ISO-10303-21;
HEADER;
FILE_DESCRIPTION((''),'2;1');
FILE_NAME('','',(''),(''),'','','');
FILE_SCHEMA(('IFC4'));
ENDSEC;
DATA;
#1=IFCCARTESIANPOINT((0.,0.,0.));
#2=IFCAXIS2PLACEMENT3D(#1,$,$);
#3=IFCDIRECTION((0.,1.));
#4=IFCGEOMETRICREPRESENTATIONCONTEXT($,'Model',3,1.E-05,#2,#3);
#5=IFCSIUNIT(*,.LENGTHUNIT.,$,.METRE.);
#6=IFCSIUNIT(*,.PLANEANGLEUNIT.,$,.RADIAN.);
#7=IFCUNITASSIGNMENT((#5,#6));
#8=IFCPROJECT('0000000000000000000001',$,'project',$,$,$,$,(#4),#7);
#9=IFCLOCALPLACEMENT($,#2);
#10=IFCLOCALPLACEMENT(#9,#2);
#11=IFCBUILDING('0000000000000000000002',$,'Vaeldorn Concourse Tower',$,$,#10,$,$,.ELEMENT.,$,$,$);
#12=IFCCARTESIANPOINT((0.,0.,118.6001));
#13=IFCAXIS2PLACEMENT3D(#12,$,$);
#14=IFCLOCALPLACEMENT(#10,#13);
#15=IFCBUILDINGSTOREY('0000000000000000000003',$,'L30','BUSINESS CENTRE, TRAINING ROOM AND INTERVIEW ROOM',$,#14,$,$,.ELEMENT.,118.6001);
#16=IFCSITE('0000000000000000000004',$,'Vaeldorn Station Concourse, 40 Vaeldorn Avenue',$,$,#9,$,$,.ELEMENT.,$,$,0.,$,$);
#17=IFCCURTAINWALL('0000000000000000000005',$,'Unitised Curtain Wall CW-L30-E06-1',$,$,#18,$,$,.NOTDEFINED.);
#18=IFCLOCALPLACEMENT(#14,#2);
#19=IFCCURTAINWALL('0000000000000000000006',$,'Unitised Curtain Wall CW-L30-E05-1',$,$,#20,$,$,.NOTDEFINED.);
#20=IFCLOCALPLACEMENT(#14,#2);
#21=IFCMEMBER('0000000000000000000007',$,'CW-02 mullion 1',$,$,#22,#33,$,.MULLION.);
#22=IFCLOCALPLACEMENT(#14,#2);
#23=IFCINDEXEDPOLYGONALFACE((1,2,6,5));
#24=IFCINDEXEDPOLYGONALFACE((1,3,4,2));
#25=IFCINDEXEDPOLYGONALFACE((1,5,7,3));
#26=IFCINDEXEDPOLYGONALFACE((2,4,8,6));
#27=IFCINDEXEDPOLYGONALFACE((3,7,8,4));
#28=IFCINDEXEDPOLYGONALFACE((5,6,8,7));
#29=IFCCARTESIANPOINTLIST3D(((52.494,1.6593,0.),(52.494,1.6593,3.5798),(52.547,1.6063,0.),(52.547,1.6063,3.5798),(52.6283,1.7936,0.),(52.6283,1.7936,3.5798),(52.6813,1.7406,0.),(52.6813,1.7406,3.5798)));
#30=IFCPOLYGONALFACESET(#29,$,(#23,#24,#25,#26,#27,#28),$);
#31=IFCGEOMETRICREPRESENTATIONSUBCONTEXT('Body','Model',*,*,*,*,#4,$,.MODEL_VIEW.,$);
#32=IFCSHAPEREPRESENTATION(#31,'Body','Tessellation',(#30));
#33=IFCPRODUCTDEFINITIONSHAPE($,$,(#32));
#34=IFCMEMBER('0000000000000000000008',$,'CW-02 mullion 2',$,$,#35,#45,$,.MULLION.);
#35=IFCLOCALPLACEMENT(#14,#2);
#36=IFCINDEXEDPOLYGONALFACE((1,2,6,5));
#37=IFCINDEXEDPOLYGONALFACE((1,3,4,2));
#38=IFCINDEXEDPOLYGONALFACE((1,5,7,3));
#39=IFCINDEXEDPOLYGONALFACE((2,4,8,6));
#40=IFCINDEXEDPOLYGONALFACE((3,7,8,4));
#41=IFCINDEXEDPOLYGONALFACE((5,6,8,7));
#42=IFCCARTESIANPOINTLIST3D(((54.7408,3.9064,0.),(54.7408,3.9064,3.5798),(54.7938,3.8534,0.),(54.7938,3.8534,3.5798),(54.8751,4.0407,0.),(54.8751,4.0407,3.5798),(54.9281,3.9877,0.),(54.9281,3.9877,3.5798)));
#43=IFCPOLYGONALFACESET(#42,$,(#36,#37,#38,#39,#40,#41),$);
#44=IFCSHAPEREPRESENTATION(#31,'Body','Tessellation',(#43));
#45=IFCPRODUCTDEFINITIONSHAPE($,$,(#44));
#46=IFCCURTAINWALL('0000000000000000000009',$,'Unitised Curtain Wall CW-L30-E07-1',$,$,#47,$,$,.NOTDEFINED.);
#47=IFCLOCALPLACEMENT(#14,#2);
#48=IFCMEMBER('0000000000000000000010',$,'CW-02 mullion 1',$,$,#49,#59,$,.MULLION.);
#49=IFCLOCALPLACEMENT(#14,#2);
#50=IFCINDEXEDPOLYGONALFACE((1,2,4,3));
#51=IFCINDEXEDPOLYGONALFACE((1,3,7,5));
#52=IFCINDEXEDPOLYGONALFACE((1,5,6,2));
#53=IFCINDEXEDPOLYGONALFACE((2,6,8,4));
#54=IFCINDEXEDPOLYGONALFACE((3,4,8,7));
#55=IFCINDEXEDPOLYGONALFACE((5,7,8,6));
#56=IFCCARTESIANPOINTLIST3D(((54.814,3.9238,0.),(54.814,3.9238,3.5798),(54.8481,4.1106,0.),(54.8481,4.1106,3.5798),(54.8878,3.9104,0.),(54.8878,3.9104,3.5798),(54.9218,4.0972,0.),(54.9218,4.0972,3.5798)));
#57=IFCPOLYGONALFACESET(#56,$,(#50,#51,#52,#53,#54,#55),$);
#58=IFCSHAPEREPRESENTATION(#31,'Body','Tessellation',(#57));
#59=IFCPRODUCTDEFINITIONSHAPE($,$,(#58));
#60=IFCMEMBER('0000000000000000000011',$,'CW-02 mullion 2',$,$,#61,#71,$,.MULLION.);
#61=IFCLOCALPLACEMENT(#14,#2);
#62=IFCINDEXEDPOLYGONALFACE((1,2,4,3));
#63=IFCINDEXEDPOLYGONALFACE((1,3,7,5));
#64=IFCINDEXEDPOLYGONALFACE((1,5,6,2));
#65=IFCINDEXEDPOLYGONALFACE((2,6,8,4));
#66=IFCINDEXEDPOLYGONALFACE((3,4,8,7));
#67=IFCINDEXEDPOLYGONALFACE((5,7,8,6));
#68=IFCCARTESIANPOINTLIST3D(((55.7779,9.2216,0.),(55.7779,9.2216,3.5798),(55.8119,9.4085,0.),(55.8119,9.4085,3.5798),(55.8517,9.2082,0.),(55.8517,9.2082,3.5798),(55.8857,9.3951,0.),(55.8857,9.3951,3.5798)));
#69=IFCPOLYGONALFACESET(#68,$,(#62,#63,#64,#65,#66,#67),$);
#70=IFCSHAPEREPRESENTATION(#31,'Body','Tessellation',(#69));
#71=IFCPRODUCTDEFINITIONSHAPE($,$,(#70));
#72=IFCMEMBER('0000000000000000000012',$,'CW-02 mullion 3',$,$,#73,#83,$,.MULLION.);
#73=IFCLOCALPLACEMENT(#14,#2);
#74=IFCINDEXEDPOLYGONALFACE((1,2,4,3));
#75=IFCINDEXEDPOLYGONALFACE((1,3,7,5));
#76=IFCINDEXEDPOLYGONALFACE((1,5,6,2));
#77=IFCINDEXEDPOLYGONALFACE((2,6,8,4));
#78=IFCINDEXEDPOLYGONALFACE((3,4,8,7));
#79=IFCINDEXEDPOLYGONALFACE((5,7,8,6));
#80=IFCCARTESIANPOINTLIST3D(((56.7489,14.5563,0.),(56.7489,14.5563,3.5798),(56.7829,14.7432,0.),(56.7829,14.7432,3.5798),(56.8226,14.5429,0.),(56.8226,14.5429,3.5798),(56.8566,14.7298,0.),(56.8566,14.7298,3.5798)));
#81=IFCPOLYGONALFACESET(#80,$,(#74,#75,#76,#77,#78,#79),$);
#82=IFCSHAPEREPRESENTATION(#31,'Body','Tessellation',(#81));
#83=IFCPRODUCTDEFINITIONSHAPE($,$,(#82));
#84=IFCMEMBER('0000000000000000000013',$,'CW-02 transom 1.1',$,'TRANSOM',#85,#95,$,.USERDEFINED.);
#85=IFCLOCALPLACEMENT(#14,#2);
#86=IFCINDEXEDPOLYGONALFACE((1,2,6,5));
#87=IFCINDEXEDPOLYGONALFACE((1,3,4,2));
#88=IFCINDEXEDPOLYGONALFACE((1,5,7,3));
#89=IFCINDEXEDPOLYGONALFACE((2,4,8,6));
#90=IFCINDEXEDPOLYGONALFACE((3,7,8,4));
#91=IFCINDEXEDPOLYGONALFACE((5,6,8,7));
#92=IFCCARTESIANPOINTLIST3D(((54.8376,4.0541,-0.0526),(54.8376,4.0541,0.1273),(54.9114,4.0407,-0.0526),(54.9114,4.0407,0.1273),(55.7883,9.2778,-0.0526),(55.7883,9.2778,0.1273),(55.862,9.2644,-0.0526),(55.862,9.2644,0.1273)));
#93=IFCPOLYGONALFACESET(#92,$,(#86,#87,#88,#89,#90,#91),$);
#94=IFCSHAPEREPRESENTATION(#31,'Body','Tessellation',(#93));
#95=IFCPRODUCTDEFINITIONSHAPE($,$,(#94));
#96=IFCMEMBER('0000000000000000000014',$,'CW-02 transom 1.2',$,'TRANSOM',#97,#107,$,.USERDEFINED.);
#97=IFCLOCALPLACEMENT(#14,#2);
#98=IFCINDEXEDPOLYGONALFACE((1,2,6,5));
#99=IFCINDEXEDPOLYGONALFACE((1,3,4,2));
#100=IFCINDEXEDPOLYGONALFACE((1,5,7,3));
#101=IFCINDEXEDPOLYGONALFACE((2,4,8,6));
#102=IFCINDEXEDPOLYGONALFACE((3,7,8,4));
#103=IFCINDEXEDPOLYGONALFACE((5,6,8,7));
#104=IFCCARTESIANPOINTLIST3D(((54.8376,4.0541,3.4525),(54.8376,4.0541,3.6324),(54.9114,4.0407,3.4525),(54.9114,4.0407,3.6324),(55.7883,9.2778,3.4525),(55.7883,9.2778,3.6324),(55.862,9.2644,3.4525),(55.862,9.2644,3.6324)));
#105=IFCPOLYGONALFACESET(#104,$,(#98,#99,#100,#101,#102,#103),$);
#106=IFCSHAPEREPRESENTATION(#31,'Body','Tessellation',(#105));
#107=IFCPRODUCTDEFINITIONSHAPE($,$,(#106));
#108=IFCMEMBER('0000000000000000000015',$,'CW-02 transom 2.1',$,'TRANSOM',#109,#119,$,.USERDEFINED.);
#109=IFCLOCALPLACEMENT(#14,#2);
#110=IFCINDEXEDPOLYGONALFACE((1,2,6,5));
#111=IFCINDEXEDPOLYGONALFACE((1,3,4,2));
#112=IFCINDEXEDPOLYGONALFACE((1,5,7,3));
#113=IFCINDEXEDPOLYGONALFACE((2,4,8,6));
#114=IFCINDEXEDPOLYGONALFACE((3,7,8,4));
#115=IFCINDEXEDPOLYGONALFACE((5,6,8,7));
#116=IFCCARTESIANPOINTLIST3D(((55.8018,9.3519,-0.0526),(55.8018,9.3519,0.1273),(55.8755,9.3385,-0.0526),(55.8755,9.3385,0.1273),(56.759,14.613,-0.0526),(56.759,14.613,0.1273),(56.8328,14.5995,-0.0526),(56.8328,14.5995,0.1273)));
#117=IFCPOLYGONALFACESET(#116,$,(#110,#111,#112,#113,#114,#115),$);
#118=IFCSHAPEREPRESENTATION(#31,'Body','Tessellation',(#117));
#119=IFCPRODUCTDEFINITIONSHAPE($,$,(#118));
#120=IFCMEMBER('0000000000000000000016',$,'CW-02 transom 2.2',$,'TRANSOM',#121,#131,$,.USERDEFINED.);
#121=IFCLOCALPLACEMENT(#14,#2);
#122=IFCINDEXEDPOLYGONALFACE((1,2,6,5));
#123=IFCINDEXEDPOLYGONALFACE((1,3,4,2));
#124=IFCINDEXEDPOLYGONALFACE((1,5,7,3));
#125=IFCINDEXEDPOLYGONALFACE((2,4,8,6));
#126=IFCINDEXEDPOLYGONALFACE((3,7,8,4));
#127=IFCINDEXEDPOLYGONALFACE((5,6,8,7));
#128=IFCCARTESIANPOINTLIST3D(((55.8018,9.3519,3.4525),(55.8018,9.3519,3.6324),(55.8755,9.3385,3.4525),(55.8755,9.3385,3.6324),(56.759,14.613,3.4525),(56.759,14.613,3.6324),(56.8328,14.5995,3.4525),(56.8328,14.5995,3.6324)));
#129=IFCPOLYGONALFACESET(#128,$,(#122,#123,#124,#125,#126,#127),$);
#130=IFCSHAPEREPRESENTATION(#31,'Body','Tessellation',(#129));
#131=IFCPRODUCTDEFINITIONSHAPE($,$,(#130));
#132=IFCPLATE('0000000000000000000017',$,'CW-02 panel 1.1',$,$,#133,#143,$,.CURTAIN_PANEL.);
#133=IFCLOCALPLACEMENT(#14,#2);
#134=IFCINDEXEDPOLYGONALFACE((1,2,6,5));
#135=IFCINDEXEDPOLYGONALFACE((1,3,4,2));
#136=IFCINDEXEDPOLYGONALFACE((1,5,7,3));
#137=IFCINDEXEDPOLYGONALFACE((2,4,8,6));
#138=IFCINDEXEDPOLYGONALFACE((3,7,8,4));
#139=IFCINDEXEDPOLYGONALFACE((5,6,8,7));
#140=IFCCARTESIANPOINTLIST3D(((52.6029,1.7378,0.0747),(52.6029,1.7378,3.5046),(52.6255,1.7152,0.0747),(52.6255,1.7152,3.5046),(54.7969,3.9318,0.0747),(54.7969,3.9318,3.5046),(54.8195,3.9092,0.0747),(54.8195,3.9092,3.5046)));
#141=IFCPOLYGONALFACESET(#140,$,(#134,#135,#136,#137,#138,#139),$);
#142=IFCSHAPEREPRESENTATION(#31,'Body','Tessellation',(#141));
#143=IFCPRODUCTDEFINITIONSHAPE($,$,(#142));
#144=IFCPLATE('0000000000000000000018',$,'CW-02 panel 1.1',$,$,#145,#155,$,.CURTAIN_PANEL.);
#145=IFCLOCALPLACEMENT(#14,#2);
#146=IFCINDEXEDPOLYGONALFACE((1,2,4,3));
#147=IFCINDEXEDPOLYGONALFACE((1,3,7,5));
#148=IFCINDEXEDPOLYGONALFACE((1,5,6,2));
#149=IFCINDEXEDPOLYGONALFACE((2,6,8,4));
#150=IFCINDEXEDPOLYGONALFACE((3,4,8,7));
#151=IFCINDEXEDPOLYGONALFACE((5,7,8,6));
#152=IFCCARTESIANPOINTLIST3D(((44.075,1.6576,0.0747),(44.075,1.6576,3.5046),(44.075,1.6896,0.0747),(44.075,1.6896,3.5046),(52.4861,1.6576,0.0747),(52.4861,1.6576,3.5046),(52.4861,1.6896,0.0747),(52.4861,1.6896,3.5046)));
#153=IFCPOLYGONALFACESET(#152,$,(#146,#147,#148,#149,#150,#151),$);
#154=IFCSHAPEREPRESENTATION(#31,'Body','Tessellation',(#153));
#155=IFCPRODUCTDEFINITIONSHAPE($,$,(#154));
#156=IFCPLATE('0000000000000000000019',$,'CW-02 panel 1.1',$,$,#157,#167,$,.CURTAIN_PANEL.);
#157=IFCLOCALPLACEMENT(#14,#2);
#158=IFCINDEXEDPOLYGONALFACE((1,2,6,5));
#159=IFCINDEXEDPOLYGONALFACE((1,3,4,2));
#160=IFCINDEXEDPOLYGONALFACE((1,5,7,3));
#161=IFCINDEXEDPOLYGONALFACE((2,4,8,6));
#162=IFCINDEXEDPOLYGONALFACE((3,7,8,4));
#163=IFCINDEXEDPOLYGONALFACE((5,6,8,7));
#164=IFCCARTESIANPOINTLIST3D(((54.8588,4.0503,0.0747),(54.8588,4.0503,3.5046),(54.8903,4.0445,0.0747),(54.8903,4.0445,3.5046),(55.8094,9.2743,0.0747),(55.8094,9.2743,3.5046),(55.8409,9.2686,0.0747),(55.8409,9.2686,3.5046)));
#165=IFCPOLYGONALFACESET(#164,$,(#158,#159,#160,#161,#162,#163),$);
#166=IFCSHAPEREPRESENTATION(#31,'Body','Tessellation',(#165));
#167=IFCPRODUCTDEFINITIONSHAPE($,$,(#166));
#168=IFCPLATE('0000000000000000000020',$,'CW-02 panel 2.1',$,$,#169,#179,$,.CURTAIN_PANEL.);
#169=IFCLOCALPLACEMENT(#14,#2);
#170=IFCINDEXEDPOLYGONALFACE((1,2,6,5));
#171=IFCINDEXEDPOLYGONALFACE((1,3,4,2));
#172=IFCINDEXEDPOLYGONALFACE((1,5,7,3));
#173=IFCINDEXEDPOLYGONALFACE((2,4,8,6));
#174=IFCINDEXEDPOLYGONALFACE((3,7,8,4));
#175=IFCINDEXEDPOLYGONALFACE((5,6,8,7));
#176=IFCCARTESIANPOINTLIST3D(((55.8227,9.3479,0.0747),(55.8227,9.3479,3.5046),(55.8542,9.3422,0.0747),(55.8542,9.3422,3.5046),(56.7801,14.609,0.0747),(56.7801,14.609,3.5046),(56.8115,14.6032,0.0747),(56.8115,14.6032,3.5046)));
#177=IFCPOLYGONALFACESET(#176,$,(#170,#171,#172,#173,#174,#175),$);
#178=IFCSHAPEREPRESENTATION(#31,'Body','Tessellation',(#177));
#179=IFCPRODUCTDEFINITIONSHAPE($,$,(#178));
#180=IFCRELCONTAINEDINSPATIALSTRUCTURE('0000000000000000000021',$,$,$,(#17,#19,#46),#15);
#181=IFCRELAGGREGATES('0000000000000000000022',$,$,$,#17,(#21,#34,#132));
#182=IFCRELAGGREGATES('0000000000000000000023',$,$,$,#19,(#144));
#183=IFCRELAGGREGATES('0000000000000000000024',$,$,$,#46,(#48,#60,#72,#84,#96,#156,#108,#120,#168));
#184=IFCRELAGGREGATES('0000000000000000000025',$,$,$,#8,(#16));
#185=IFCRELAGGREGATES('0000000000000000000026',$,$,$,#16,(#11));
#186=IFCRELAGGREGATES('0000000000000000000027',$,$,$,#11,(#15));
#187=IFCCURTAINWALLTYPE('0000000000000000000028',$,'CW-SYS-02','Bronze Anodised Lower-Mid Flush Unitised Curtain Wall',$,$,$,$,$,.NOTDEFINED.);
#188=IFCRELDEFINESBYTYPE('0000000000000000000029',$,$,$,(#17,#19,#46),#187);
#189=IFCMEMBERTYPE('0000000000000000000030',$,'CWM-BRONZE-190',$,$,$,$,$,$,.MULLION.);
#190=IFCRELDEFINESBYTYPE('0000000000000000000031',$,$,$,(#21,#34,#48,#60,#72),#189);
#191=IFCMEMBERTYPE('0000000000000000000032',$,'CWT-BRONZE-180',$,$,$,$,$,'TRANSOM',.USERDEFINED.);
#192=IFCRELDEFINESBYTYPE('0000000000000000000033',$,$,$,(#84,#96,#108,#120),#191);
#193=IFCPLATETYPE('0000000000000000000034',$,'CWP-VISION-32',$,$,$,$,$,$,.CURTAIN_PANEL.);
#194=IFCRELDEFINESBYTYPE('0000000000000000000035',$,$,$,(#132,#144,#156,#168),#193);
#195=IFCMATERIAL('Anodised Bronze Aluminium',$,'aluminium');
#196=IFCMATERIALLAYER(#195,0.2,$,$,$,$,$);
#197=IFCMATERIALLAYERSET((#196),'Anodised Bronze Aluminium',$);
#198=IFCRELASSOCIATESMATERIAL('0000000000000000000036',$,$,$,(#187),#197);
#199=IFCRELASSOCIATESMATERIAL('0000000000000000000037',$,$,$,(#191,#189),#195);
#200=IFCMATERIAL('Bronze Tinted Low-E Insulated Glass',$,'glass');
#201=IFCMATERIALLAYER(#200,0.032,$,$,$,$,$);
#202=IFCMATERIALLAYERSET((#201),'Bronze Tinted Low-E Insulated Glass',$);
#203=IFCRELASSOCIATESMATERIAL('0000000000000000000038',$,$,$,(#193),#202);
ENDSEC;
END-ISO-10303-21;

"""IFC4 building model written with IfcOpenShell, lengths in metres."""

from ifc_helpers import new_model, si_unit, direction, frame, origin, origin_2d, place, context, subcontext, project, spatial, rectangle, extrude, source, transform, mapped, material, layer, layer_set, material_profile, profile_set, type_object, element, aggregate, save


model = new_model("IFC4")

# Units and contexts
model_context = context("Model", 3, precision=1e-05, world=origin(), true_north=direction((0.0, 1.0)))
body_context = subcontext(model_context, "Body", "Model", "MODEL_VIEW")
ifc_project = project(units=[si_unit("LENGTHUNIT", "METRE"), si_unit("PLANEANGLEUNIT", "RADIAN")], contexts=[model_context])

# Site, building, storey
site_placement = place(None, origin())
site = spatial("IfcSite", under=ifc_project, at=site_placement, Name="Vaeldorn Station Concourse, 40 Vaeldorn Avenue", CompositionType="ELEMENT", RefElevation=0.0)
building_placement = place(site_placement, origin())
building = spatial("IfcBuilding", under=site, at=building_placement, Name="Vaeldorn Concourse Tower", CompositionType="ELEMENT")
storey_placement = place(building_placement, frame((0.0, 0.0, 118.6001)))
storey = spatial("IfcBuildingStorey", under=building, at=storey_placement, Name="L30", Description="BUSINESS CENTRE, TRAINING ROOM AND INTERVIEW ROOM", CompositionType="ELEMENT", Elevation=118.6001)

# Curtain wall
ifc_material_1 = material(Name="Anodised Bronze Aluminium", Category="aluminium")
ifc_layer_1 = layer(ifc_material_1, 0.2)
ifc_layer_set_1 = layer_set([ifc_layer_1], Name="Anodised Bronze Aluminium")
curtain_wall_type = type_object("IfcCurtainWallType", Name="CW-SYS-02", Description="Bronze Anodised Lower-Mid Flush Unitised Curtain Wall", PredefinedType="NOTDEFINED", material=ifc_layer_set_1)
curtain_wall_1_placement = place(storey_placement, origin())
curtain_wall_1 = element("IfcCurtainWall", 1, at=curtain_wall_1_placement, inside=storey, type_object=curtain_wall_type, Name="Unitised Curtain Wall CW-L30-E06-1", PredefinedType="NOTDEFINED")
ifc_material_profile_1 = material_profile(ifc_material_1, rectangle(XDim=0.075, YDim=0.1799, at=origin_2d()), Name="CWT 75x180")
ifc_profile_set_1 = profile_set([ifc_material_profile_1], Name="Anodised Bronze Aluminium")
member_type_1 = type_object("IfcMemberType", Name="CWT-BRONZE-180", ElementType="TRANSOM", PredefinedType="USERDEFINED", material=ifc_profile_set_1)

# Curtain wall
curtain_wall_2_placement = place(storey_placement, origin())
curtain_wall_2 = element("IfcCurtainWall", 2, at=curtain_wall_2_placement, inside=storey, type_object=curtain_wall_type, Name="Unitised Curtain Wall CW-L30-E05-1", PredefinedType="NOTDEFINED")
ifc_material_profile_2 = material_profile(ifc_material_1, rectangle(XDim=0.075, YDim=0.1899, at=origin_2d()), Name="CWM 75x190")
ifc_profile_set_2 = profile_set([ifc_material_profile_2], Name="Anodised Bronze Aluminium")
member_type_2 = type_object("IfcMemberType", Name="CWM-BRONZE-190", PredefinedType="MULLION", material=ifc_profile_set_2)
shared_shape_1 = source(origin(), body_context, "Body", "SweptSolid", [
    extrude(rectangle(XDim=0.075, YDim=0.1899, at=origin_2d()), origin(), (0.0, 0.0, 1.0), 3.5798),
])

# Members
member_1_placement = place(storey_placement, frame((52.5876, 1.7, 0.0), z_axis=(0.0, 0.0, 1.0), x_axis=(-0.707107, 0.707107, 0.0)))
member_1 = element("IfcMember", 3, at=member_1_placement, type_object=member_type_2, Name="CW-02 mullion 1", PredefinedType="MULLION", context=body_context, shape_type="MappedRepresentation", body=[
    mapped(shared_shape_1, transform((0.0, 0.0, 0.0), scale=1.0)),
])
member_2_placement = place(storey_placement, frame((54.8345, 3.947, 0.0), z_axis=(0.0, 0.0, 1.0), x_axis=(-0.707107, 0.707107, 0.0)))
member_2 = element("IfcMember", 4, at=member_2_placement, type_object=member_type_2, Name="CW-02 mullion 2", PredefinedType="MULLION", context=body_context, shape_type="MappedRepresentation", body=[
    mapped(shared_shape_1, transform((0.0, 0.0, 0.0), scale=1.0)),
])

# Curtain wall, members
curtain_wall_3_placement = place(storey_placement, origin())
curtain_wall_3 = element("IfcCurtainWall", 5, at=curtain_wall_3_placement, inside=storey, type_object=curtain_wall_type, Name="Unitised Curtain Wall CW-L30-E07-1", PredefinedType="NOTDEFINED")
member_3_placement = place(storey_placement, frame((54.8679, 4.0105, 0.0), z_axis=(0.0, 0.0, 1.0), x_axis=(-0.983844, 0.17903, 0.0)))
member_3 = element("IfcMember", 6, at=member_3_placement, type_object=member_type_2, Name="CW-02 mullion 1", PredefinedType="MULLION", context=body_context, shape_type="MappedRepresentation", body=[
    mapped(shared_shape_1, transform((0.0, 0.0, 0.0), scale=1.0)),
])
member_4_placement = place(storey_placement, frame((55.8318, 9.3083, 0.0), z_axis=(0.0, 0.0, 1.0), x_axis=(-0.983844, 0.17903, 0.0)))
member_4 = element("IfcMember", 7, at=member_4_placement, type_object=member_type_2, Name="CW-02 mullion 2", PredefinedType="MULLION", context=body_context, shape_type="MappedRepresentation", body=[
    mapped(shared_shape_1, transform((0.0, 0.0, 0.0), scale=1.0)),
])
member_5_placement = place(storey_placement, frame((56.8027, 14.6431, 0.0), z_axis=(0.0, 0.0, 1.0), x_axis=(-0.983844, 0.17903, 0.0)))
member_5 = element("IfcMember", 8, at=member_5_placement, type_object=member_type_2, Name="CW-02 mullion 3", PredefinedType="MULLION", context=body_context, shape_type="MappedRepresentation", body=[
    mapped(shared_shape_1, transform((0.0, 0.0, 0.0), scale=1.0)),
])
shared_shape_2 = source(origin(), body_context, "Body", "SweptSolid", [
    extrude(rectangle(XDim=0.075, YDim=0.1799, at=origin_2d()), origin(), (0.0, 0.0, 1.0), 5.3096),
])
member_6_placement = place(storey_placement, frame((54.8745, 4.0474, 0.0374), z_axis=(0.179047, 0.98384, 0.0), x_axis=(-0.98384, 0.179047, 0.0)))
member_6 = element("IfcMember", 9, at=member_6_placement, type_object=member_type_1, Name="CW-02 transom 1.1", ObjectType="TRANSOM", PredefinedType="USERDEFINED", context=body_context, shape_type="MappedRepresentation", body=[
    mapped(shared_shape_2, transform((0.0, 0.0, 0.0), scale=1.0)),
])
member_7_placement = place(storey_placement, frame((54.8745, 4.0474, 3.5425), z_axis=(0.179047, 0.98384, 0.0), x_axis=(-0.98384, 0.179047, 0.0)))
member_7 = element("IfcMember", 10, at=member_7_placement, type_object=member_type_1, Name="CW-02 transom 1.2", ObjectType="TRANSOM", PredefinedType="USERDEFINED", context=body_context, shape_type="MappedRepresentation", body=[
    mapped(shared_shape_2, transform((0.0, 0.0, 0.0), scale=1.0)),
])
shared_shape_3 = source(origin(), body_context, "Body", "SweptSolid", [
    extrude(rectangle(XDim=0.075, YDim=0.1799, at=origin_2d()), origin(), (0.0, 0.0, 1.0), 5.3474),
])
member_8_placement = place(storey_placement, frame((55.8386, 9.3452, 0.0374), z_axis=(0.179018, 0.983846, 0.0), x_axis=(-0.983846, 0.179018, 0.0)))
member_8 = element("IfcMember", 11, at=member_8_placement, type_object=member_type_1, Name="CW-02 transom 2.1", ObjectType="TRANSOM", PredefinedType="USERDEFINED", context=body_context, shape_type="MappedRepresentation", body=[
    mapped(shared_shape_3, transform((0.0, 0.0, 0.0), scale=1.0)),
])
member_9_placement = place(storey_placement, frame((55.8386, 9.3452, 3.5425), z_axis=(0.179018, 0.983846, 0.0), x_axis=(-0.983846, 0.179018, 0.0)))
member_9 = element("IfcMember", 12, at=member_9_placement, type_object=member_type_1, Name="CW-02 transom 2.2", ObjectType="TRANSOM", PredefinedType="USERDEFINED", context=body_context, shape_type="MappedRepresentation", body=[
    mapped(shared_shape_3, transform((0.0, 0.0, 0.0), scale=1.0)),
])

# Plates
ifc_material_2 = material(Name="Bronze Tinted Low-E Insulated Glass", Category="glass")
ifc_layer_2 = layer(ifc_material_2, 0.032)
ifc_layer_set_2 = layer_set([ifc_layer_2], Name="Bronze Tinted Low-E Insulated Glass")
plate_type = type_object("IfcPlateType", Name="CWP-VISION-32", PredefinedType="CURTAIN_PANEL", material=ifc_layer_set_2)
shared_shape_4 = source(origin(), body_context, "Body", "SweptSolid", [
    extrude(rectangle(XDim=3.1028, YDim=0.032, at=origin_2d()), origin(), (0.0, 0.0, 1.0), 3.4299),
])
plate_1_placement = place(storey_placement, frame((53.7112, 2.8235, 0.0747), z_axis=(0.0, 0.0, 1.0), x_axis=(0.707107, 0.707107, 0.0)))
plate_1 = element("IfcPlate", 13, at=plate_1_placement, type_object=plate_type, Name="CW-02 panel 1.1", PredefinedType="CURTAIN_PANEL", context=body_context, shape_type="MappedRepresentation", body=[
    mapped(shared_shape_4, transform((0.0, 0.0, 0.0), scale=1.0)),
])
aggregate(curtain_wall_1, [member_1, member_2, plate_1])
shared_shape_5 = source(origin(), body_context, "Body", "SweptSolid", [
    extrude(rectangle(XDim=8.4111, YDim=0.032, at=origin_2d()), origin(), (0.0, 0.0, 1.0), 3.4299),
])
plate_2_placement = place(storey_placement, frame((48.2805, 1.6736, 0.0747), z_axis=(0.0, 0.0, 1.0), x_axis=(1.0, 0.0, 0.0)))
plate_2 = element("IfcPlate", 14, at=plate_2_placement, type_object=plate_type, Name="CW-02 panel 1.1", PredefinedType="CURTAIN_PANEL", context=body_context, shape_type="MappedRepresentation", body=[
    mapped(shared_shape_5, transform((0.0, 0.0, 0.0), scale=1.0)),
])
aggregate(curtain_wall_2, [plate_2])
shared_shape_6 = source(origin(), body_context, "Body", "SweptSolid", [
    extrude(rectangle(XDim=5.3098, YDim=0.032, at=origin_2d()), origin(), (0.0, 0.0, 1.0), 3.4299),
])
plate_3_placement = place(storey_placement, frame((55.3499, 6.6594, 0.0747), z_axis=(0.0, 0.0, 1.0), x_axis=(0.17903, 0.983844, 0.0)))
plate_3 = element("IfcPlate", 15, at=plate_3_placement, type_object=plate_type, Name="CW-02 panel 1.1", PredefinedType="CURTAIN_PANEL", context=body_context, shape_type="MappedRepresentation", body=[
    mapped(shared_shape_6, transform((0.0, 0.0, 0.0), scale=1.0)),
])
shared_shape_7 = source(origin(), body_context, "Body", "SweptSolid", [
    extrude(rectangle(XDim=5.3474, YDim=0.032, at=origin_2d()), origin(), (0.0, 0.0, 1.0), 3.4299),
])
plate_4_placement = place(storey_placement, frame((56.3171, 11.9756, 0.0747), z_axis=(0.0, 0.0, 1.0), x_axis=(0.17903, 0.983844, 0.0)))
plate_4 = element("IfcPlate", 16, at=plate_4_placement, type_object=plate_type, Name="CW-02 panel 2.1", PredefinedType="CURTAIN_PANEL", context=body_context, shape_type="MappedRepresentation", body=[
    mapped(shared_shape_7, transform((0.0, 0.0, 0.0), scale=1.0)),
])
aggregate(curtain_wall_3, [member_3, member_4, member_5, member_6, member_7, plate_3, member_8, member_9, plate_4])

save(model, "model.ifc")
